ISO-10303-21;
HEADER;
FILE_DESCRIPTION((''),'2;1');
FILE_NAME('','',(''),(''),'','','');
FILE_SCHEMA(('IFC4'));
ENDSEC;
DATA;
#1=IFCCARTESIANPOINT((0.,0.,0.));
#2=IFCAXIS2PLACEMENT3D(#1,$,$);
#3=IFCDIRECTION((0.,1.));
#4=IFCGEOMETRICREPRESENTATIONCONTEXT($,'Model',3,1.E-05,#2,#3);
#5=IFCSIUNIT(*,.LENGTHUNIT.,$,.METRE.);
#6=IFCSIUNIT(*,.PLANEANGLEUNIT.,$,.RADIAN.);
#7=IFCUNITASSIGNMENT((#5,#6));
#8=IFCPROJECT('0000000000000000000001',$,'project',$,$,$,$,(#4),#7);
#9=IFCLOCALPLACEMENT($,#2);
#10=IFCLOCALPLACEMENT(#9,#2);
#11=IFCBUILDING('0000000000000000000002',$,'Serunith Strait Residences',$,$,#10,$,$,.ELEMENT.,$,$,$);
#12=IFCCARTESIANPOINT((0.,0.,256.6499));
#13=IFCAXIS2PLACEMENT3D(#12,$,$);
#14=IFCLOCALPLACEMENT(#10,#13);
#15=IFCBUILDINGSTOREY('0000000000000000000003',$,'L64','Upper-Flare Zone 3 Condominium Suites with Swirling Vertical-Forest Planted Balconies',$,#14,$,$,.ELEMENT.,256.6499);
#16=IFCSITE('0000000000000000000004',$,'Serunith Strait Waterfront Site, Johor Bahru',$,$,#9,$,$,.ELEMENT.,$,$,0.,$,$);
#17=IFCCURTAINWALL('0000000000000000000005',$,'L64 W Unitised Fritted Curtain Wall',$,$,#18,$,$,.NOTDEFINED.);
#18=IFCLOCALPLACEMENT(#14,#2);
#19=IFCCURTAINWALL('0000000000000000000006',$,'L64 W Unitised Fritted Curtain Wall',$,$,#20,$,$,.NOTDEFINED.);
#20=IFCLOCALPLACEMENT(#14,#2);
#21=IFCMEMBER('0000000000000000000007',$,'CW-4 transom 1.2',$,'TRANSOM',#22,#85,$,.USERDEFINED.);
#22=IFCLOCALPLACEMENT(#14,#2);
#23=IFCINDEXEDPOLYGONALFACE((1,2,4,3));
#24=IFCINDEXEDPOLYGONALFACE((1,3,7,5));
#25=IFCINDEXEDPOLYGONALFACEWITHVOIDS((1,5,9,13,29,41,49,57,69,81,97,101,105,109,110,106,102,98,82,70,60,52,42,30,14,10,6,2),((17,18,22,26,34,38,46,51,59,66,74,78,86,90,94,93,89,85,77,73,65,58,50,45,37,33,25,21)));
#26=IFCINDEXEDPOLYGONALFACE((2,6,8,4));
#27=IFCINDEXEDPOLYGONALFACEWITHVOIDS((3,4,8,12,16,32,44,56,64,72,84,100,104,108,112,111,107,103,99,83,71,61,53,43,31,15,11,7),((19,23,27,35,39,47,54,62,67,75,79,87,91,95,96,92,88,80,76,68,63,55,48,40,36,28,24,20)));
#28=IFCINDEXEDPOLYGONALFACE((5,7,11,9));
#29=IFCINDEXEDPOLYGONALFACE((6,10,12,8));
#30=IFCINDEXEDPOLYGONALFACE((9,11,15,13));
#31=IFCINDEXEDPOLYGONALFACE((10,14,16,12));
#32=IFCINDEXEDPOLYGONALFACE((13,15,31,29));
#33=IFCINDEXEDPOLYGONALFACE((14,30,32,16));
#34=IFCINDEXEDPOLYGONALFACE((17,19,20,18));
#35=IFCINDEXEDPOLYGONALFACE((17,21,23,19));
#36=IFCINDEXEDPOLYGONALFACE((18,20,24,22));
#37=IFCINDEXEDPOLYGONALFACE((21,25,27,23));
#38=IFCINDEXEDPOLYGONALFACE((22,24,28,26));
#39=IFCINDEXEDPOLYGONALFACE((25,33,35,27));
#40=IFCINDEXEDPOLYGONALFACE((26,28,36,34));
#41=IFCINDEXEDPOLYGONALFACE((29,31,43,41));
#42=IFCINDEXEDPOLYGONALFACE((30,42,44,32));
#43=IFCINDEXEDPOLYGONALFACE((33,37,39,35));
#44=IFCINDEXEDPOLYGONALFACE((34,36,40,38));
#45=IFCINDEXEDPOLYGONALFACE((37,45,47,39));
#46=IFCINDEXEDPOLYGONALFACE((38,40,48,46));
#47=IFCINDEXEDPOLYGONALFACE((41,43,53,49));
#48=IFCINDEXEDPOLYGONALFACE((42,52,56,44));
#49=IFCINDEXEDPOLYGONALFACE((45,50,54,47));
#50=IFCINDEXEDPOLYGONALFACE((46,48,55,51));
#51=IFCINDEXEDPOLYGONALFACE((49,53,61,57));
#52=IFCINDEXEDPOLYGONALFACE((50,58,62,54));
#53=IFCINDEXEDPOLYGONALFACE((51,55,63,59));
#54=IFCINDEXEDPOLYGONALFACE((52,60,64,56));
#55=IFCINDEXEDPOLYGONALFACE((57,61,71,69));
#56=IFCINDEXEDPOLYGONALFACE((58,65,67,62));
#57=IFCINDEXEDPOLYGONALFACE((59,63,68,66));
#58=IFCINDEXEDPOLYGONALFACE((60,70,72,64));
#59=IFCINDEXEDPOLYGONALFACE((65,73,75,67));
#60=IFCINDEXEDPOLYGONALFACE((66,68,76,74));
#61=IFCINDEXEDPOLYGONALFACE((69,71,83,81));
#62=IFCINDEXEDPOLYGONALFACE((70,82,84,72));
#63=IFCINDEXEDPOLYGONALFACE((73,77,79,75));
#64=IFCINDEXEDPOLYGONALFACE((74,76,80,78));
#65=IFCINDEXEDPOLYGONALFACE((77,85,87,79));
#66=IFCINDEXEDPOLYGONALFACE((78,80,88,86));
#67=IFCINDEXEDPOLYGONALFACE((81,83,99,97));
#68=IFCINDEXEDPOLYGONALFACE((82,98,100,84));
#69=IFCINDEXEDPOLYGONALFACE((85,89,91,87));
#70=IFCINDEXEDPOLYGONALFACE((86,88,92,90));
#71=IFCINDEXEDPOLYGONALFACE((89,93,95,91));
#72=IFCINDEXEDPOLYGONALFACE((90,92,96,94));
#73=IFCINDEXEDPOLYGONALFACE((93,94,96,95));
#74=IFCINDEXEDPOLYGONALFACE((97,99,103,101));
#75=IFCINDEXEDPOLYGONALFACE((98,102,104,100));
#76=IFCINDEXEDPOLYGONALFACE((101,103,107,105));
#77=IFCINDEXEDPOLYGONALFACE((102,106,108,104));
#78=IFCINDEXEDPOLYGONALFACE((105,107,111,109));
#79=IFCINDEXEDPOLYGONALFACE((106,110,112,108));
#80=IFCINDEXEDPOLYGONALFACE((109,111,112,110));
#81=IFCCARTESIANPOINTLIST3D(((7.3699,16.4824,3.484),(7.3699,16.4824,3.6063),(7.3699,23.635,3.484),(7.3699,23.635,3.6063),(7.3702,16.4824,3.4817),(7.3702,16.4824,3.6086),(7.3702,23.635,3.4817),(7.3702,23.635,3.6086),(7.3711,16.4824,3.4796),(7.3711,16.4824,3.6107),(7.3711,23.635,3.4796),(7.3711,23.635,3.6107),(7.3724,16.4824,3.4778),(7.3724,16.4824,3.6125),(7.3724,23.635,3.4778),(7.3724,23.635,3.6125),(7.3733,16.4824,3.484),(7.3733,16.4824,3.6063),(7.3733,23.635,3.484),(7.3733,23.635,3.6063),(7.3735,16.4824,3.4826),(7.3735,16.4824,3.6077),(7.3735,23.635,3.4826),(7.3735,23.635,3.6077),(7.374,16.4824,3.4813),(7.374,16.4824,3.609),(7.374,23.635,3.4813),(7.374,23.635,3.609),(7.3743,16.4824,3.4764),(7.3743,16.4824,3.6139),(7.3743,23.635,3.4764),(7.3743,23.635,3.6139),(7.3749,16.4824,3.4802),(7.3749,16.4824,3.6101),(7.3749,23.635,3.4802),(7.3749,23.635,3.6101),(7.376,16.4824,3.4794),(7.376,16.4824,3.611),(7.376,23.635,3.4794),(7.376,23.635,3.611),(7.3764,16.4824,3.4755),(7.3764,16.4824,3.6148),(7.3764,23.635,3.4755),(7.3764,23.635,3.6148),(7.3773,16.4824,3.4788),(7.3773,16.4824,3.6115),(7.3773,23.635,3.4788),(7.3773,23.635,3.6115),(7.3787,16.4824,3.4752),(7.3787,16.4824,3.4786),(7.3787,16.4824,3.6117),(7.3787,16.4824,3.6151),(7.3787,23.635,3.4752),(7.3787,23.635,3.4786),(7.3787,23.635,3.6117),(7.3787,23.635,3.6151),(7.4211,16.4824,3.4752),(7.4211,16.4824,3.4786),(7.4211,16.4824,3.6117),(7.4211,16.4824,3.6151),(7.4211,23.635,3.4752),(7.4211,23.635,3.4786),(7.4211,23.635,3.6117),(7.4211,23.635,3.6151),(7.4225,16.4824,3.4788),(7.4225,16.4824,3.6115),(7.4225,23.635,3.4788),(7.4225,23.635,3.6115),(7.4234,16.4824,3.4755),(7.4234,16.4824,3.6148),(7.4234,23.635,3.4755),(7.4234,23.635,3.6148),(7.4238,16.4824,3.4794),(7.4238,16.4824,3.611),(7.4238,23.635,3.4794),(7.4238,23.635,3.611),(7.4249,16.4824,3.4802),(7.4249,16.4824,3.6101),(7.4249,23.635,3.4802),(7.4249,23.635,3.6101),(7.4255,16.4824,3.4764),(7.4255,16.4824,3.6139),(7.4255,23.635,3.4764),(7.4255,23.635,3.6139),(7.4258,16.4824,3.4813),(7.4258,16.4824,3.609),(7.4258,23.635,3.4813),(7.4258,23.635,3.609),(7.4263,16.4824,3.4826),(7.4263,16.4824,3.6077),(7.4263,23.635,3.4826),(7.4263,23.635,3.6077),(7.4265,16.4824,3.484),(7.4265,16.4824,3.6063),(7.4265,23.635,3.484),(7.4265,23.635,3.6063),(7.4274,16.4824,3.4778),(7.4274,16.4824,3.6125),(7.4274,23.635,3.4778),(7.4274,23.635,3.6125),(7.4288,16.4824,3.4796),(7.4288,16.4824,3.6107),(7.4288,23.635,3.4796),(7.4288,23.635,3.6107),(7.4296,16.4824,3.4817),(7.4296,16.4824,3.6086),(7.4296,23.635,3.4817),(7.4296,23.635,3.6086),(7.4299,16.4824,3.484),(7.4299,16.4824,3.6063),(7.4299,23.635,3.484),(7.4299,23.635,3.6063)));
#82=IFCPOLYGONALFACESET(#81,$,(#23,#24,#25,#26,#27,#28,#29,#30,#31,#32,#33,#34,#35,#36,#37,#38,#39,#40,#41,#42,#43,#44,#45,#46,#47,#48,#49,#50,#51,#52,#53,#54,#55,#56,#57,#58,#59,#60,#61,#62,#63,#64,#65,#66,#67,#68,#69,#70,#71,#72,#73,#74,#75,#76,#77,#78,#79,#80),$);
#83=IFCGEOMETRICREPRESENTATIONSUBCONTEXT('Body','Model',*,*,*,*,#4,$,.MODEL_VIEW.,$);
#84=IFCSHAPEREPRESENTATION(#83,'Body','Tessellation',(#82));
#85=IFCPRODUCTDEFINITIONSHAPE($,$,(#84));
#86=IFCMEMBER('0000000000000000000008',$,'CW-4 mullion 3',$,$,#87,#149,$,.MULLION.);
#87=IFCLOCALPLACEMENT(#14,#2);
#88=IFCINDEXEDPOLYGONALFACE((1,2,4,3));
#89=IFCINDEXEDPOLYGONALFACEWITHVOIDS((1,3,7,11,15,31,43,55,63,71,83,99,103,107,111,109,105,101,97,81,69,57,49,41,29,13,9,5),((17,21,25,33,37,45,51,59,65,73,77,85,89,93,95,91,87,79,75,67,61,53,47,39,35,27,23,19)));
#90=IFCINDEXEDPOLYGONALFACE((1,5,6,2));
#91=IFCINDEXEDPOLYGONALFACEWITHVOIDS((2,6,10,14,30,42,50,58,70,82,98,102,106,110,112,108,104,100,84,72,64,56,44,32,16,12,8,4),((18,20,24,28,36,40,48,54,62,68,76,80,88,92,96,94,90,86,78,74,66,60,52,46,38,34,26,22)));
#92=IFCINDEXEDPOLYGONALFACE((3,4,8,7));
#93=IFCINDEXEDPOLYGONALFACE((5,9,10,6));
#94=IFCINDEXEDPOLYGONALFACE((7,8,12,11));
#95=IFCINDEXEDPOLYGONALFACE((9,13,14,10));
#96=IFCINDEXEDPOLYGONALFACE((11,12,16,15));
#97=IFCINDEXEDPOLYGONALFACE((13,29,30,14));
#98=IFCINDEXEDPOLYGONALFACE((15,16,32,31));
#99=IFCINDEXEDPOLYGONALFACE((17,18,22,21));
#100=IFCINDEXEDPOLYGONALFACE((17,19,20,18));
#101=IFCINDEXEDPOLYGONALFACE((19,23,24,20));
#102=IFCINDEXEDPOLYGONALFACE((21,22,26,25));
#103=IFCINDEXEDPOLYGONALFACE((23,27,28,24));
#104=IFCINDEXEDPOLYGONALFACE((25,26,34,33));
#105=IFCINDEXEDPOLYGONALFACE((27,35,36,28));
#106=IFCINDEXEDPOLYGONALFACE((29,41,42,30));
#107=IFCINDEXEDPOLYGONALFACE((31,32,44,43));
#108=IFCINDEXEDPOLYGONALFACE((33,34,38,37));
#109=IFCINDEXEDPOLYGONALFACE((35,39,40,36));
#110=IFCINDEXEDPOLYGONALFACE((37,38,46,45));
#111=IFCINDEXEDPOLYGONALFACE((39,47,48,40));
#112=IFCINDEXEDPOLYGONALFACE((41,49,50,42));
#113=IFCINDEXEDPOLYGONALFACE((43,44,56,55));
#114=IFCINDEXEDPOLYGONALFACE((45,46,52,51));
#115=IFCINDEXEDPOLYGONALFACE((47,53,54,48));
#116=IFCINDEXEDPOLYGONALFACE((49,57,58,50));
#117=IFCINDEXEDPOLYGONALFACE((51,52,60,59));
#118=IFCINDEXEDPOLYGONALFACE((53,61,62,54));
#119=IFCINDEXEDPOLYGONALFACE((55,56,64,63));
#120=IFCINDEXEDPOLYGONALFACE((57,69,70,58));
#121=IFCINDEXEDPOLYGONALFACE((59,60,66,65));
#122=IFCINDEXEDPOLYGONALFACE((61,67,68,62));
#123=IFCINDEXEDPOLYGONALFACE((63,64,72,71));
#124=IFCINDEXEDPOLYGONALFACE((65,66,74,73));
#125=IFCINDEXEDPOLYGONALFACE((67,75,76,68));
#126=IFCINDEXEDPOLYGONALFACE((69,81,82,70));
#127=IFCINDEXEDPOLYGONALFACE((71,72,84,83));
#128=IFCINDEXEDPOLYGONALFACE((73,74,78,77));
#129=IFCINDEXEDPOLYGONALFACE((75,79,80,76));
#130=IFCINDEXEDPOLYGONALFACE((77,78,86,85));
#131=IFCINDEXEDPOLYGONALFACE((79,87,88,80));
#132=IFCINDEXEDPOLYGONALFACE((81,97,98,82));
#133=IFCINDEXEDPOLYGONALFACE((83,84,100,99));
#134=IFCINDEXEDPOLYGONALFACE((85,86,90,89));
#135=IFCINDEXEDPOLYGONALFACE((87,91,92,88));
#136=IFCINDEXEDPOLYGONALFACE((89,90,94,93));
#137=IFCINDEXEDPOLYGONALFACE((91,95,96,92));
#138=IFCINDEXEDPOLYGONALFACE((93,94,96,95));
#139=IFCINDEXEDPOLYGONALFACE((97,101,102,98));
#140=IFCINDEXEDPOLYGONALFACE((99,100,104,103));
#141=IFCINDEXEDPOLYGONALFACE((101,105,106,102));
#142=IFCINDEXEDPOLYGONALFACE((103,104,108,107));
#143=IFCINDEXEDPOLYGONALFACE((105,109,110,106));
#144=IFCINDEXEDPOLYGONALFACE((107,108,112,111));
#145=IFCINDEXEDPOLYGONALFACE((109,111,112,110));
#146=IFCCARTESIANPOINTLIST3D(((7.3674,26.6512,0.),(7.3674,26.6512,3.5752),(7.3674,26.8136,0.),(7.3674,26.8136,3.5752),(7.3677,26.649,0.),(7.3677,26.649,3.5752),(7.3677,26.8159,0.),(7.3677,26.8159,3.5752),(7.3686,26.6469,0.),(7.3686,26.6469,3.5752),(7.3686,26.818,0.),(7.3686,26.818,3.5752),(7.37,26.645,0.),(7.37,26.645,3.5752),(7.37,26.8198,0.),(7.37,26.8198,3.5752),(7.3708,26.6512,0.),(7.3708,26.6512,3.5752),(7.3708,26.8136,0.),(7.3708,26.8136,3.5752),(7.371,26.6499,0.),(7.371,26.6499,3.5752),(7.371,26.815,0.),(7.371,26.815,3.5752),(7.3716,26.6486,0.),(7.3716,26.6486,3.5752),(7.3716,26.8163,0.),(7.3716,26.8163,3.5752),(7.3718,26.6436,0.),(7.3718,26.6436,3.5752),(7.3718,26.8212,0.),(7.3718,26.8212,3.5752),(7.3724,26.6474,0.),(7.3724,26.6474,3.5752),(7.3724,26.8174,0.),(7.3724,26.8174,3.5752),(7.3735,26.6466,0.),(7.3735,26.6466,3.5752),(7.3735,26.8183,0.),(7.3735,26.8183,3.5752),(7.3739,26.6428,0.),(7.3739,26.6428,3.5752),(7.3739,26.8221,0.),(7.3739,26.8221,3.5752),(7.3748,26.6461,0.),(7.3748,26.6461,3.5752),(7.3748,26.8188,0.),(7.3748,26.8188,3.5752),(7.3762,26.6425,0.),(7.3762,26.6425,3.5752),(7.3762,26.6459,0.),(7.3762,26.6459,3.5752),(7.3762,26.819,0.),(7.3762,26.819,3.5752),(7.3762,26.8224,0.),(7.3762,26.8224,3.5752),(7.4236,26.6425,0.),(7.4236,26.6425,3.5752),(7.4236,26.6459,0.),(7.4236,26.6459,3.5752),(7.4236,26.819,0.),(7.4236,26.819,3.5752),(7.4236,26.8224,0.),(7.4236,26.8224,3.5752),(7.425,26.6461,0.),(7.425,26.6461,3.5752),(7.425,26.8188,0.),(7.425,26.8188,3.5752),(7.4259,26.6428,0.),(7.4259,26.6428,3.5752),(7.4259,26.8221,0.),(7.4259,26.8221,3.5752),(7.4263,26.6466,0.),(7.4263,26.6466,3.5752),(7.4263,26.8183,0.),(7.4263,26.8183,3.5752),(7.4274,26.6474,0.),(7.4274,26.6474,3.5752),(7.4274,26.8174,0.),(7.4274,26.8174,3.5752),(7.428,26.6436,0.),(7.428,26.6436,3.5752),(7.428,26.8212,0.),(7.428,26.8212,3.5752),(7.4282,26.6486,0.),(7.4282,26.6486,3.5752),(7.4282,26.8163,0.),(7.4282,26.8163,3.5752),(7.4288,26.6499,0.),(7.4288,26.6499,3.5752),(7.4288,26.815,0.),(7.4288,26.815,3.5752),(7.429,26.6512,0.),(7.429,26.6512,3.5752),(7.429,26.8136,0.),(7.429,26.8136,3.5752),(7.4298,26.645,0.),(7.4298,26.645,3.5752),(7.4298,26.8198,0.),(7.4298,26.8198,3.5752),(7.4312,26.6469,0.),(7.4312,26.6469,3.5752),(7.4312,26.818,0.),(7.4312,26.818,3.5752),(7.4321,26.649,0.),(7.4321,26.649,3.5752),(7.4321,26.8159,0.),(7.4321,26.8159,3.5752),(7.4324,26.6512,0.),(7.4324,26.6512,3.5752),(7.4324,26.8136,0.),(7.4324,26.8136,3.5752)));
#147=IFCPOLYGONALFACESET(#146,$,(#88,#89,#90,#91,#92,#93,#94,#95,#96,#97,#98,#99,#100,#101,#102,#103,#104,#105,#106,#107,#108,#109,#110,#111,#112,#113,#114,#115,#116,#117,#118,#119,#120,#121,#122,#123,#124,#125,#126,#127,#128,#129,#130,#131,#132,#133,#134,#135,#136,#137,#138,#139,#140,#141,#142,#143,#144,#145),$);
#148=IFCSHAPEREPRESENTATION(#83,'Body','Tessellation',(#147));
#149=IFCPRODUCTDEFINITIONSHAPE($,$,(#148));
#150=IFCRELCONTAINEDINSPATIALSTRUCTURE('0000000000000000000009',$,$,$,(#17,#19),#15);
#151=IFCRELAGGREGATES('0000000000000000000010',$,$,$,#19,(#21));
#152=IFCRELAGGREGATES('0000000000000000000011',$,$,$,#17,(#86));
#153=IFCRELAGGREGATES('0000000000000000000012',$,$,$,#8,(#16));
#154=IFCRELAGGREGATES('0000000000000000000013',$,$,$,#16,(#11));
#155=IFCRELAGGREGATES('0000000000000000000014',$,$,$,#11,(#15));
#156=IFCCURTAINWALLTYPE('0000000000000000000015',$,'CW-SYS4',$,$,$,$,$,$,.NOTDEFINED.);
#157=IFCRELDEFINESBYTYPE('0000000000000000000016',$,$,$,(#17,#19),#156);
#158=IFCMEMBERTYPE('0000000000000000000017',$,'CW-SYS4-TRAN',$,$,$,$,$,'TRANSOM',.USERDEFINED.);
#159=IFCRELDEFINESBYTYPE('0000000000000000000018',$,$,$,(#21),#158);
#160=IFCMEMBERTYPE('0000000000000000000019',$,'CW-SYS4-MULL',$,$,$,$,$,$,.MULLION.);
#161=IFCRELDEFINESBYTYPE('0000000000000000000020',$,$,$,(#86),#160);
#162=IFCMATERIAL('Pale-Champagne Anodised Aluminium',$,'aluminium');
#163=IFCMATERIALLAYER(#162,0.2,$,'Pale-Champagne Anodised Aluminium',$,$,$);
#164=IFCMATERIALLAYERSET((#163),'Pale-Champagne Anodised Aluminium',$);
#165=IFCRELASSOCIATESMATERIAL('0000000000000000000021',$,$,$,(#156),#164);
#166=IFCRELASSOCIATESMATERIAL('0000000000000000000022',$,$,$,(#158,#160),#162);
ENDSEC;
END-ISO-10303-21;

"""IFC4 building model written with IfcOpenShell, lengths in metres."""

from ifc_helpers import new_model, si_unit, direction, frame, origin, origin_2d, place, context, subcontext, project, spatial, hollow_rectangle, extrude, source, transform, mapped, material, layer, layer_set, material_profile, profile_set, type_object, element, aggregate, save


model = new_model("IFC4")

# Units and contexts
model_context = context("Model", 3, precision=1e-05, world=origin(), true_north=direction((0.0, 1.0)))
body_context = subcontext(model_context, "Body", "Model", "MODEL_VIEW")
ifc_project = project(units=[si_unit("LENGTHUNIT", "METRE"), si_unit("PLANEANGLEUNIT", "RADIAN")], contexts=[model_context])

# Site, building, storey
site_placement = place(None, origin())
site = spatial("IfcSite", under=ifc_project, at=site_placement, Name="Serunith Strait Waterfront Site, Johor Bahru", CompositionType="ELEMENT", RefElevation=0.0)
building_placement = place(site_placement, origin())
building = spatial("IfcBuilding", under=site, at=building_placement, Name="Serunith Strait Residences", CompositionType="ELEMENT")
storey_placement = place(building_placement, frame((0.0, 0.0, 256.6499)))
storey = spatial("IfcBuildingStorey", under=building, at=storey_placement, Name="L64", Description="Upper-Flare Zone 3 Condominium Suites with Swirling Vertical-Forest Planted Balconies", CompositionType="ELEMENT", Elevation=256.6499)

# Curtain wall
ifc_material_1 = material(Name="Pale-Champagne Anodised Aluminium", Category="aluminium")
ifc_layer_1 = layer(ifc_material_1, 0.2, Name="Pale-Champagne Anodised Aluminium")
ifc_layer_set_1 = layer_set([ifc_layer_1], Name="Pale-Champagne Anodised Aluminium")
curtain_wall_type = type_object("IfcCurtainWallType", Name="CW-SYS4", PredefinedType="NOTDEFINED", material=ifc_layer_set_1)
curtain_wall_1_placement = place(storey_placement, origin())
curtain_wall_1 = element("IfcCurtainWall", 1, at=curtain_wall_1_placement, inside=storey, type_object=curtain_wall_type, Name="L64 W Unitised Fritted Curtain Wall", PredefinedType="NOTDEFINED")
ifc_material_profile_1 = material_profile(ifc_material_1, hollow_rectangle(XDim=0.0601, YDim=0.1399, WallThickness=0.0034, InnerFilletRadius=0.0054, OuterFilletRadius=0.0088, at=origin_2d()), Name="ALU 140x60x3.5")
ifc_profile_set_1 = profile_set([ifc_material_profile_1], Name="Pale-Champagne Anodised Aluminium")
member_type_1 = type_object("IfcMemberType", Name="CW-SYS4-TRAN", ElementType="TRANSOM", PredefinedType="USERDEFINED", material=ifc_profile_set_1)
shared_shape_1 = source(origin(), body_context, "Body", "SweptSolid", [
    extrude(hollow_rectangle(XDim=0.0601, YDim=0.1399, WallThickness=0.0034, InnerFilletRadius=0.0054, OuterFilletRadius=0.0088, at=origin_2d()), origin(), (0.0, 0.0, 1.0), 7.1526),
])

# Curtain wall, member
curtain_wall_2_placement = place(storey_placement, origin())
curtain_wall_2 = element("IfcCurtainWall", 2, at=curtain_wall_2_placement, inside=storey, type_object=curtain_wall_type, Name="L64 W Unitised Fritted Curtain Wall", PredefinedType="NOTDEFINED")
member_1_placement = place(storey_placement, frame((7.3999, 23.635, 3.5452), z_axis=(0.0, -1.0, 0.0), x_axis=(1.0, 0.0, 0.0)))
member_1 = element("IfcMember", 3, at=member_1_placement, type_object=member_type_1, Name="CW-4 transom 1.2", ObjectType="TRANSOM", PredefinedType="USERDEFINED", context=body_context, shape_type="MappedRepresentation", body=[
    mapped(shared_shape_1, transform((0.0, 0.0, 0.0), scale=1.0)),
])

# Member
ifc_material_profile_2 = material_profile(ifc_material_1, hollow_rectangle(XDim=0.0649, YDim=0.1799, WallThickness=0.0034, InnerFilletRadius=0.0054, OuterFilletRadius=0.0088, at=origin_2d()), Name="ALU 180x65x3.5")
ifc_profile_set_2 = profile_set([ifc_material_profile_2], Name="Pale-Champagne Anodised Aluminium")
member_type_2 = type_object("IfcMemberType", Name="CW-SYS4-MULL", PredefinedType="MULLION", material=ifc_profile_set_2)
shared_shape_2 = source(origin(), body_context, "Body", "SweptSolid", [
    extrude(hollow_rectangle(XDim=0.0649, YDim=0.1799, WallThickness=0.0034, InnerFilletRadius=0.0054, OuterFilletRadius=0.0088, at=origin_2d()), origin(), (0.0, 0.0, 1.0), 3.5752),
])
member_2_placement = place(storey_placement, frame((7.3999, 26.7324, 0.0), z_axis=(0.0, 0.0, 1.0), x_axis=(1.0, 0.0, 0.0)))
member_2 = element("IfcMember", 4, at=member_2_placement, type_object=member_type_2, Name="CW-4 mullion 3", PredefinedType="MULLION", context=body_context, shape_type="MappedRepresentation", body=[
    mapped(shared_shape_2, transform((0.0, 0.0, 0.0), scale=1.0)),
])
aggregate(curtain_wall_2, [member_1])

aggregate(curtain_wall_1, [member_2])

save(model, "model.ifc")
